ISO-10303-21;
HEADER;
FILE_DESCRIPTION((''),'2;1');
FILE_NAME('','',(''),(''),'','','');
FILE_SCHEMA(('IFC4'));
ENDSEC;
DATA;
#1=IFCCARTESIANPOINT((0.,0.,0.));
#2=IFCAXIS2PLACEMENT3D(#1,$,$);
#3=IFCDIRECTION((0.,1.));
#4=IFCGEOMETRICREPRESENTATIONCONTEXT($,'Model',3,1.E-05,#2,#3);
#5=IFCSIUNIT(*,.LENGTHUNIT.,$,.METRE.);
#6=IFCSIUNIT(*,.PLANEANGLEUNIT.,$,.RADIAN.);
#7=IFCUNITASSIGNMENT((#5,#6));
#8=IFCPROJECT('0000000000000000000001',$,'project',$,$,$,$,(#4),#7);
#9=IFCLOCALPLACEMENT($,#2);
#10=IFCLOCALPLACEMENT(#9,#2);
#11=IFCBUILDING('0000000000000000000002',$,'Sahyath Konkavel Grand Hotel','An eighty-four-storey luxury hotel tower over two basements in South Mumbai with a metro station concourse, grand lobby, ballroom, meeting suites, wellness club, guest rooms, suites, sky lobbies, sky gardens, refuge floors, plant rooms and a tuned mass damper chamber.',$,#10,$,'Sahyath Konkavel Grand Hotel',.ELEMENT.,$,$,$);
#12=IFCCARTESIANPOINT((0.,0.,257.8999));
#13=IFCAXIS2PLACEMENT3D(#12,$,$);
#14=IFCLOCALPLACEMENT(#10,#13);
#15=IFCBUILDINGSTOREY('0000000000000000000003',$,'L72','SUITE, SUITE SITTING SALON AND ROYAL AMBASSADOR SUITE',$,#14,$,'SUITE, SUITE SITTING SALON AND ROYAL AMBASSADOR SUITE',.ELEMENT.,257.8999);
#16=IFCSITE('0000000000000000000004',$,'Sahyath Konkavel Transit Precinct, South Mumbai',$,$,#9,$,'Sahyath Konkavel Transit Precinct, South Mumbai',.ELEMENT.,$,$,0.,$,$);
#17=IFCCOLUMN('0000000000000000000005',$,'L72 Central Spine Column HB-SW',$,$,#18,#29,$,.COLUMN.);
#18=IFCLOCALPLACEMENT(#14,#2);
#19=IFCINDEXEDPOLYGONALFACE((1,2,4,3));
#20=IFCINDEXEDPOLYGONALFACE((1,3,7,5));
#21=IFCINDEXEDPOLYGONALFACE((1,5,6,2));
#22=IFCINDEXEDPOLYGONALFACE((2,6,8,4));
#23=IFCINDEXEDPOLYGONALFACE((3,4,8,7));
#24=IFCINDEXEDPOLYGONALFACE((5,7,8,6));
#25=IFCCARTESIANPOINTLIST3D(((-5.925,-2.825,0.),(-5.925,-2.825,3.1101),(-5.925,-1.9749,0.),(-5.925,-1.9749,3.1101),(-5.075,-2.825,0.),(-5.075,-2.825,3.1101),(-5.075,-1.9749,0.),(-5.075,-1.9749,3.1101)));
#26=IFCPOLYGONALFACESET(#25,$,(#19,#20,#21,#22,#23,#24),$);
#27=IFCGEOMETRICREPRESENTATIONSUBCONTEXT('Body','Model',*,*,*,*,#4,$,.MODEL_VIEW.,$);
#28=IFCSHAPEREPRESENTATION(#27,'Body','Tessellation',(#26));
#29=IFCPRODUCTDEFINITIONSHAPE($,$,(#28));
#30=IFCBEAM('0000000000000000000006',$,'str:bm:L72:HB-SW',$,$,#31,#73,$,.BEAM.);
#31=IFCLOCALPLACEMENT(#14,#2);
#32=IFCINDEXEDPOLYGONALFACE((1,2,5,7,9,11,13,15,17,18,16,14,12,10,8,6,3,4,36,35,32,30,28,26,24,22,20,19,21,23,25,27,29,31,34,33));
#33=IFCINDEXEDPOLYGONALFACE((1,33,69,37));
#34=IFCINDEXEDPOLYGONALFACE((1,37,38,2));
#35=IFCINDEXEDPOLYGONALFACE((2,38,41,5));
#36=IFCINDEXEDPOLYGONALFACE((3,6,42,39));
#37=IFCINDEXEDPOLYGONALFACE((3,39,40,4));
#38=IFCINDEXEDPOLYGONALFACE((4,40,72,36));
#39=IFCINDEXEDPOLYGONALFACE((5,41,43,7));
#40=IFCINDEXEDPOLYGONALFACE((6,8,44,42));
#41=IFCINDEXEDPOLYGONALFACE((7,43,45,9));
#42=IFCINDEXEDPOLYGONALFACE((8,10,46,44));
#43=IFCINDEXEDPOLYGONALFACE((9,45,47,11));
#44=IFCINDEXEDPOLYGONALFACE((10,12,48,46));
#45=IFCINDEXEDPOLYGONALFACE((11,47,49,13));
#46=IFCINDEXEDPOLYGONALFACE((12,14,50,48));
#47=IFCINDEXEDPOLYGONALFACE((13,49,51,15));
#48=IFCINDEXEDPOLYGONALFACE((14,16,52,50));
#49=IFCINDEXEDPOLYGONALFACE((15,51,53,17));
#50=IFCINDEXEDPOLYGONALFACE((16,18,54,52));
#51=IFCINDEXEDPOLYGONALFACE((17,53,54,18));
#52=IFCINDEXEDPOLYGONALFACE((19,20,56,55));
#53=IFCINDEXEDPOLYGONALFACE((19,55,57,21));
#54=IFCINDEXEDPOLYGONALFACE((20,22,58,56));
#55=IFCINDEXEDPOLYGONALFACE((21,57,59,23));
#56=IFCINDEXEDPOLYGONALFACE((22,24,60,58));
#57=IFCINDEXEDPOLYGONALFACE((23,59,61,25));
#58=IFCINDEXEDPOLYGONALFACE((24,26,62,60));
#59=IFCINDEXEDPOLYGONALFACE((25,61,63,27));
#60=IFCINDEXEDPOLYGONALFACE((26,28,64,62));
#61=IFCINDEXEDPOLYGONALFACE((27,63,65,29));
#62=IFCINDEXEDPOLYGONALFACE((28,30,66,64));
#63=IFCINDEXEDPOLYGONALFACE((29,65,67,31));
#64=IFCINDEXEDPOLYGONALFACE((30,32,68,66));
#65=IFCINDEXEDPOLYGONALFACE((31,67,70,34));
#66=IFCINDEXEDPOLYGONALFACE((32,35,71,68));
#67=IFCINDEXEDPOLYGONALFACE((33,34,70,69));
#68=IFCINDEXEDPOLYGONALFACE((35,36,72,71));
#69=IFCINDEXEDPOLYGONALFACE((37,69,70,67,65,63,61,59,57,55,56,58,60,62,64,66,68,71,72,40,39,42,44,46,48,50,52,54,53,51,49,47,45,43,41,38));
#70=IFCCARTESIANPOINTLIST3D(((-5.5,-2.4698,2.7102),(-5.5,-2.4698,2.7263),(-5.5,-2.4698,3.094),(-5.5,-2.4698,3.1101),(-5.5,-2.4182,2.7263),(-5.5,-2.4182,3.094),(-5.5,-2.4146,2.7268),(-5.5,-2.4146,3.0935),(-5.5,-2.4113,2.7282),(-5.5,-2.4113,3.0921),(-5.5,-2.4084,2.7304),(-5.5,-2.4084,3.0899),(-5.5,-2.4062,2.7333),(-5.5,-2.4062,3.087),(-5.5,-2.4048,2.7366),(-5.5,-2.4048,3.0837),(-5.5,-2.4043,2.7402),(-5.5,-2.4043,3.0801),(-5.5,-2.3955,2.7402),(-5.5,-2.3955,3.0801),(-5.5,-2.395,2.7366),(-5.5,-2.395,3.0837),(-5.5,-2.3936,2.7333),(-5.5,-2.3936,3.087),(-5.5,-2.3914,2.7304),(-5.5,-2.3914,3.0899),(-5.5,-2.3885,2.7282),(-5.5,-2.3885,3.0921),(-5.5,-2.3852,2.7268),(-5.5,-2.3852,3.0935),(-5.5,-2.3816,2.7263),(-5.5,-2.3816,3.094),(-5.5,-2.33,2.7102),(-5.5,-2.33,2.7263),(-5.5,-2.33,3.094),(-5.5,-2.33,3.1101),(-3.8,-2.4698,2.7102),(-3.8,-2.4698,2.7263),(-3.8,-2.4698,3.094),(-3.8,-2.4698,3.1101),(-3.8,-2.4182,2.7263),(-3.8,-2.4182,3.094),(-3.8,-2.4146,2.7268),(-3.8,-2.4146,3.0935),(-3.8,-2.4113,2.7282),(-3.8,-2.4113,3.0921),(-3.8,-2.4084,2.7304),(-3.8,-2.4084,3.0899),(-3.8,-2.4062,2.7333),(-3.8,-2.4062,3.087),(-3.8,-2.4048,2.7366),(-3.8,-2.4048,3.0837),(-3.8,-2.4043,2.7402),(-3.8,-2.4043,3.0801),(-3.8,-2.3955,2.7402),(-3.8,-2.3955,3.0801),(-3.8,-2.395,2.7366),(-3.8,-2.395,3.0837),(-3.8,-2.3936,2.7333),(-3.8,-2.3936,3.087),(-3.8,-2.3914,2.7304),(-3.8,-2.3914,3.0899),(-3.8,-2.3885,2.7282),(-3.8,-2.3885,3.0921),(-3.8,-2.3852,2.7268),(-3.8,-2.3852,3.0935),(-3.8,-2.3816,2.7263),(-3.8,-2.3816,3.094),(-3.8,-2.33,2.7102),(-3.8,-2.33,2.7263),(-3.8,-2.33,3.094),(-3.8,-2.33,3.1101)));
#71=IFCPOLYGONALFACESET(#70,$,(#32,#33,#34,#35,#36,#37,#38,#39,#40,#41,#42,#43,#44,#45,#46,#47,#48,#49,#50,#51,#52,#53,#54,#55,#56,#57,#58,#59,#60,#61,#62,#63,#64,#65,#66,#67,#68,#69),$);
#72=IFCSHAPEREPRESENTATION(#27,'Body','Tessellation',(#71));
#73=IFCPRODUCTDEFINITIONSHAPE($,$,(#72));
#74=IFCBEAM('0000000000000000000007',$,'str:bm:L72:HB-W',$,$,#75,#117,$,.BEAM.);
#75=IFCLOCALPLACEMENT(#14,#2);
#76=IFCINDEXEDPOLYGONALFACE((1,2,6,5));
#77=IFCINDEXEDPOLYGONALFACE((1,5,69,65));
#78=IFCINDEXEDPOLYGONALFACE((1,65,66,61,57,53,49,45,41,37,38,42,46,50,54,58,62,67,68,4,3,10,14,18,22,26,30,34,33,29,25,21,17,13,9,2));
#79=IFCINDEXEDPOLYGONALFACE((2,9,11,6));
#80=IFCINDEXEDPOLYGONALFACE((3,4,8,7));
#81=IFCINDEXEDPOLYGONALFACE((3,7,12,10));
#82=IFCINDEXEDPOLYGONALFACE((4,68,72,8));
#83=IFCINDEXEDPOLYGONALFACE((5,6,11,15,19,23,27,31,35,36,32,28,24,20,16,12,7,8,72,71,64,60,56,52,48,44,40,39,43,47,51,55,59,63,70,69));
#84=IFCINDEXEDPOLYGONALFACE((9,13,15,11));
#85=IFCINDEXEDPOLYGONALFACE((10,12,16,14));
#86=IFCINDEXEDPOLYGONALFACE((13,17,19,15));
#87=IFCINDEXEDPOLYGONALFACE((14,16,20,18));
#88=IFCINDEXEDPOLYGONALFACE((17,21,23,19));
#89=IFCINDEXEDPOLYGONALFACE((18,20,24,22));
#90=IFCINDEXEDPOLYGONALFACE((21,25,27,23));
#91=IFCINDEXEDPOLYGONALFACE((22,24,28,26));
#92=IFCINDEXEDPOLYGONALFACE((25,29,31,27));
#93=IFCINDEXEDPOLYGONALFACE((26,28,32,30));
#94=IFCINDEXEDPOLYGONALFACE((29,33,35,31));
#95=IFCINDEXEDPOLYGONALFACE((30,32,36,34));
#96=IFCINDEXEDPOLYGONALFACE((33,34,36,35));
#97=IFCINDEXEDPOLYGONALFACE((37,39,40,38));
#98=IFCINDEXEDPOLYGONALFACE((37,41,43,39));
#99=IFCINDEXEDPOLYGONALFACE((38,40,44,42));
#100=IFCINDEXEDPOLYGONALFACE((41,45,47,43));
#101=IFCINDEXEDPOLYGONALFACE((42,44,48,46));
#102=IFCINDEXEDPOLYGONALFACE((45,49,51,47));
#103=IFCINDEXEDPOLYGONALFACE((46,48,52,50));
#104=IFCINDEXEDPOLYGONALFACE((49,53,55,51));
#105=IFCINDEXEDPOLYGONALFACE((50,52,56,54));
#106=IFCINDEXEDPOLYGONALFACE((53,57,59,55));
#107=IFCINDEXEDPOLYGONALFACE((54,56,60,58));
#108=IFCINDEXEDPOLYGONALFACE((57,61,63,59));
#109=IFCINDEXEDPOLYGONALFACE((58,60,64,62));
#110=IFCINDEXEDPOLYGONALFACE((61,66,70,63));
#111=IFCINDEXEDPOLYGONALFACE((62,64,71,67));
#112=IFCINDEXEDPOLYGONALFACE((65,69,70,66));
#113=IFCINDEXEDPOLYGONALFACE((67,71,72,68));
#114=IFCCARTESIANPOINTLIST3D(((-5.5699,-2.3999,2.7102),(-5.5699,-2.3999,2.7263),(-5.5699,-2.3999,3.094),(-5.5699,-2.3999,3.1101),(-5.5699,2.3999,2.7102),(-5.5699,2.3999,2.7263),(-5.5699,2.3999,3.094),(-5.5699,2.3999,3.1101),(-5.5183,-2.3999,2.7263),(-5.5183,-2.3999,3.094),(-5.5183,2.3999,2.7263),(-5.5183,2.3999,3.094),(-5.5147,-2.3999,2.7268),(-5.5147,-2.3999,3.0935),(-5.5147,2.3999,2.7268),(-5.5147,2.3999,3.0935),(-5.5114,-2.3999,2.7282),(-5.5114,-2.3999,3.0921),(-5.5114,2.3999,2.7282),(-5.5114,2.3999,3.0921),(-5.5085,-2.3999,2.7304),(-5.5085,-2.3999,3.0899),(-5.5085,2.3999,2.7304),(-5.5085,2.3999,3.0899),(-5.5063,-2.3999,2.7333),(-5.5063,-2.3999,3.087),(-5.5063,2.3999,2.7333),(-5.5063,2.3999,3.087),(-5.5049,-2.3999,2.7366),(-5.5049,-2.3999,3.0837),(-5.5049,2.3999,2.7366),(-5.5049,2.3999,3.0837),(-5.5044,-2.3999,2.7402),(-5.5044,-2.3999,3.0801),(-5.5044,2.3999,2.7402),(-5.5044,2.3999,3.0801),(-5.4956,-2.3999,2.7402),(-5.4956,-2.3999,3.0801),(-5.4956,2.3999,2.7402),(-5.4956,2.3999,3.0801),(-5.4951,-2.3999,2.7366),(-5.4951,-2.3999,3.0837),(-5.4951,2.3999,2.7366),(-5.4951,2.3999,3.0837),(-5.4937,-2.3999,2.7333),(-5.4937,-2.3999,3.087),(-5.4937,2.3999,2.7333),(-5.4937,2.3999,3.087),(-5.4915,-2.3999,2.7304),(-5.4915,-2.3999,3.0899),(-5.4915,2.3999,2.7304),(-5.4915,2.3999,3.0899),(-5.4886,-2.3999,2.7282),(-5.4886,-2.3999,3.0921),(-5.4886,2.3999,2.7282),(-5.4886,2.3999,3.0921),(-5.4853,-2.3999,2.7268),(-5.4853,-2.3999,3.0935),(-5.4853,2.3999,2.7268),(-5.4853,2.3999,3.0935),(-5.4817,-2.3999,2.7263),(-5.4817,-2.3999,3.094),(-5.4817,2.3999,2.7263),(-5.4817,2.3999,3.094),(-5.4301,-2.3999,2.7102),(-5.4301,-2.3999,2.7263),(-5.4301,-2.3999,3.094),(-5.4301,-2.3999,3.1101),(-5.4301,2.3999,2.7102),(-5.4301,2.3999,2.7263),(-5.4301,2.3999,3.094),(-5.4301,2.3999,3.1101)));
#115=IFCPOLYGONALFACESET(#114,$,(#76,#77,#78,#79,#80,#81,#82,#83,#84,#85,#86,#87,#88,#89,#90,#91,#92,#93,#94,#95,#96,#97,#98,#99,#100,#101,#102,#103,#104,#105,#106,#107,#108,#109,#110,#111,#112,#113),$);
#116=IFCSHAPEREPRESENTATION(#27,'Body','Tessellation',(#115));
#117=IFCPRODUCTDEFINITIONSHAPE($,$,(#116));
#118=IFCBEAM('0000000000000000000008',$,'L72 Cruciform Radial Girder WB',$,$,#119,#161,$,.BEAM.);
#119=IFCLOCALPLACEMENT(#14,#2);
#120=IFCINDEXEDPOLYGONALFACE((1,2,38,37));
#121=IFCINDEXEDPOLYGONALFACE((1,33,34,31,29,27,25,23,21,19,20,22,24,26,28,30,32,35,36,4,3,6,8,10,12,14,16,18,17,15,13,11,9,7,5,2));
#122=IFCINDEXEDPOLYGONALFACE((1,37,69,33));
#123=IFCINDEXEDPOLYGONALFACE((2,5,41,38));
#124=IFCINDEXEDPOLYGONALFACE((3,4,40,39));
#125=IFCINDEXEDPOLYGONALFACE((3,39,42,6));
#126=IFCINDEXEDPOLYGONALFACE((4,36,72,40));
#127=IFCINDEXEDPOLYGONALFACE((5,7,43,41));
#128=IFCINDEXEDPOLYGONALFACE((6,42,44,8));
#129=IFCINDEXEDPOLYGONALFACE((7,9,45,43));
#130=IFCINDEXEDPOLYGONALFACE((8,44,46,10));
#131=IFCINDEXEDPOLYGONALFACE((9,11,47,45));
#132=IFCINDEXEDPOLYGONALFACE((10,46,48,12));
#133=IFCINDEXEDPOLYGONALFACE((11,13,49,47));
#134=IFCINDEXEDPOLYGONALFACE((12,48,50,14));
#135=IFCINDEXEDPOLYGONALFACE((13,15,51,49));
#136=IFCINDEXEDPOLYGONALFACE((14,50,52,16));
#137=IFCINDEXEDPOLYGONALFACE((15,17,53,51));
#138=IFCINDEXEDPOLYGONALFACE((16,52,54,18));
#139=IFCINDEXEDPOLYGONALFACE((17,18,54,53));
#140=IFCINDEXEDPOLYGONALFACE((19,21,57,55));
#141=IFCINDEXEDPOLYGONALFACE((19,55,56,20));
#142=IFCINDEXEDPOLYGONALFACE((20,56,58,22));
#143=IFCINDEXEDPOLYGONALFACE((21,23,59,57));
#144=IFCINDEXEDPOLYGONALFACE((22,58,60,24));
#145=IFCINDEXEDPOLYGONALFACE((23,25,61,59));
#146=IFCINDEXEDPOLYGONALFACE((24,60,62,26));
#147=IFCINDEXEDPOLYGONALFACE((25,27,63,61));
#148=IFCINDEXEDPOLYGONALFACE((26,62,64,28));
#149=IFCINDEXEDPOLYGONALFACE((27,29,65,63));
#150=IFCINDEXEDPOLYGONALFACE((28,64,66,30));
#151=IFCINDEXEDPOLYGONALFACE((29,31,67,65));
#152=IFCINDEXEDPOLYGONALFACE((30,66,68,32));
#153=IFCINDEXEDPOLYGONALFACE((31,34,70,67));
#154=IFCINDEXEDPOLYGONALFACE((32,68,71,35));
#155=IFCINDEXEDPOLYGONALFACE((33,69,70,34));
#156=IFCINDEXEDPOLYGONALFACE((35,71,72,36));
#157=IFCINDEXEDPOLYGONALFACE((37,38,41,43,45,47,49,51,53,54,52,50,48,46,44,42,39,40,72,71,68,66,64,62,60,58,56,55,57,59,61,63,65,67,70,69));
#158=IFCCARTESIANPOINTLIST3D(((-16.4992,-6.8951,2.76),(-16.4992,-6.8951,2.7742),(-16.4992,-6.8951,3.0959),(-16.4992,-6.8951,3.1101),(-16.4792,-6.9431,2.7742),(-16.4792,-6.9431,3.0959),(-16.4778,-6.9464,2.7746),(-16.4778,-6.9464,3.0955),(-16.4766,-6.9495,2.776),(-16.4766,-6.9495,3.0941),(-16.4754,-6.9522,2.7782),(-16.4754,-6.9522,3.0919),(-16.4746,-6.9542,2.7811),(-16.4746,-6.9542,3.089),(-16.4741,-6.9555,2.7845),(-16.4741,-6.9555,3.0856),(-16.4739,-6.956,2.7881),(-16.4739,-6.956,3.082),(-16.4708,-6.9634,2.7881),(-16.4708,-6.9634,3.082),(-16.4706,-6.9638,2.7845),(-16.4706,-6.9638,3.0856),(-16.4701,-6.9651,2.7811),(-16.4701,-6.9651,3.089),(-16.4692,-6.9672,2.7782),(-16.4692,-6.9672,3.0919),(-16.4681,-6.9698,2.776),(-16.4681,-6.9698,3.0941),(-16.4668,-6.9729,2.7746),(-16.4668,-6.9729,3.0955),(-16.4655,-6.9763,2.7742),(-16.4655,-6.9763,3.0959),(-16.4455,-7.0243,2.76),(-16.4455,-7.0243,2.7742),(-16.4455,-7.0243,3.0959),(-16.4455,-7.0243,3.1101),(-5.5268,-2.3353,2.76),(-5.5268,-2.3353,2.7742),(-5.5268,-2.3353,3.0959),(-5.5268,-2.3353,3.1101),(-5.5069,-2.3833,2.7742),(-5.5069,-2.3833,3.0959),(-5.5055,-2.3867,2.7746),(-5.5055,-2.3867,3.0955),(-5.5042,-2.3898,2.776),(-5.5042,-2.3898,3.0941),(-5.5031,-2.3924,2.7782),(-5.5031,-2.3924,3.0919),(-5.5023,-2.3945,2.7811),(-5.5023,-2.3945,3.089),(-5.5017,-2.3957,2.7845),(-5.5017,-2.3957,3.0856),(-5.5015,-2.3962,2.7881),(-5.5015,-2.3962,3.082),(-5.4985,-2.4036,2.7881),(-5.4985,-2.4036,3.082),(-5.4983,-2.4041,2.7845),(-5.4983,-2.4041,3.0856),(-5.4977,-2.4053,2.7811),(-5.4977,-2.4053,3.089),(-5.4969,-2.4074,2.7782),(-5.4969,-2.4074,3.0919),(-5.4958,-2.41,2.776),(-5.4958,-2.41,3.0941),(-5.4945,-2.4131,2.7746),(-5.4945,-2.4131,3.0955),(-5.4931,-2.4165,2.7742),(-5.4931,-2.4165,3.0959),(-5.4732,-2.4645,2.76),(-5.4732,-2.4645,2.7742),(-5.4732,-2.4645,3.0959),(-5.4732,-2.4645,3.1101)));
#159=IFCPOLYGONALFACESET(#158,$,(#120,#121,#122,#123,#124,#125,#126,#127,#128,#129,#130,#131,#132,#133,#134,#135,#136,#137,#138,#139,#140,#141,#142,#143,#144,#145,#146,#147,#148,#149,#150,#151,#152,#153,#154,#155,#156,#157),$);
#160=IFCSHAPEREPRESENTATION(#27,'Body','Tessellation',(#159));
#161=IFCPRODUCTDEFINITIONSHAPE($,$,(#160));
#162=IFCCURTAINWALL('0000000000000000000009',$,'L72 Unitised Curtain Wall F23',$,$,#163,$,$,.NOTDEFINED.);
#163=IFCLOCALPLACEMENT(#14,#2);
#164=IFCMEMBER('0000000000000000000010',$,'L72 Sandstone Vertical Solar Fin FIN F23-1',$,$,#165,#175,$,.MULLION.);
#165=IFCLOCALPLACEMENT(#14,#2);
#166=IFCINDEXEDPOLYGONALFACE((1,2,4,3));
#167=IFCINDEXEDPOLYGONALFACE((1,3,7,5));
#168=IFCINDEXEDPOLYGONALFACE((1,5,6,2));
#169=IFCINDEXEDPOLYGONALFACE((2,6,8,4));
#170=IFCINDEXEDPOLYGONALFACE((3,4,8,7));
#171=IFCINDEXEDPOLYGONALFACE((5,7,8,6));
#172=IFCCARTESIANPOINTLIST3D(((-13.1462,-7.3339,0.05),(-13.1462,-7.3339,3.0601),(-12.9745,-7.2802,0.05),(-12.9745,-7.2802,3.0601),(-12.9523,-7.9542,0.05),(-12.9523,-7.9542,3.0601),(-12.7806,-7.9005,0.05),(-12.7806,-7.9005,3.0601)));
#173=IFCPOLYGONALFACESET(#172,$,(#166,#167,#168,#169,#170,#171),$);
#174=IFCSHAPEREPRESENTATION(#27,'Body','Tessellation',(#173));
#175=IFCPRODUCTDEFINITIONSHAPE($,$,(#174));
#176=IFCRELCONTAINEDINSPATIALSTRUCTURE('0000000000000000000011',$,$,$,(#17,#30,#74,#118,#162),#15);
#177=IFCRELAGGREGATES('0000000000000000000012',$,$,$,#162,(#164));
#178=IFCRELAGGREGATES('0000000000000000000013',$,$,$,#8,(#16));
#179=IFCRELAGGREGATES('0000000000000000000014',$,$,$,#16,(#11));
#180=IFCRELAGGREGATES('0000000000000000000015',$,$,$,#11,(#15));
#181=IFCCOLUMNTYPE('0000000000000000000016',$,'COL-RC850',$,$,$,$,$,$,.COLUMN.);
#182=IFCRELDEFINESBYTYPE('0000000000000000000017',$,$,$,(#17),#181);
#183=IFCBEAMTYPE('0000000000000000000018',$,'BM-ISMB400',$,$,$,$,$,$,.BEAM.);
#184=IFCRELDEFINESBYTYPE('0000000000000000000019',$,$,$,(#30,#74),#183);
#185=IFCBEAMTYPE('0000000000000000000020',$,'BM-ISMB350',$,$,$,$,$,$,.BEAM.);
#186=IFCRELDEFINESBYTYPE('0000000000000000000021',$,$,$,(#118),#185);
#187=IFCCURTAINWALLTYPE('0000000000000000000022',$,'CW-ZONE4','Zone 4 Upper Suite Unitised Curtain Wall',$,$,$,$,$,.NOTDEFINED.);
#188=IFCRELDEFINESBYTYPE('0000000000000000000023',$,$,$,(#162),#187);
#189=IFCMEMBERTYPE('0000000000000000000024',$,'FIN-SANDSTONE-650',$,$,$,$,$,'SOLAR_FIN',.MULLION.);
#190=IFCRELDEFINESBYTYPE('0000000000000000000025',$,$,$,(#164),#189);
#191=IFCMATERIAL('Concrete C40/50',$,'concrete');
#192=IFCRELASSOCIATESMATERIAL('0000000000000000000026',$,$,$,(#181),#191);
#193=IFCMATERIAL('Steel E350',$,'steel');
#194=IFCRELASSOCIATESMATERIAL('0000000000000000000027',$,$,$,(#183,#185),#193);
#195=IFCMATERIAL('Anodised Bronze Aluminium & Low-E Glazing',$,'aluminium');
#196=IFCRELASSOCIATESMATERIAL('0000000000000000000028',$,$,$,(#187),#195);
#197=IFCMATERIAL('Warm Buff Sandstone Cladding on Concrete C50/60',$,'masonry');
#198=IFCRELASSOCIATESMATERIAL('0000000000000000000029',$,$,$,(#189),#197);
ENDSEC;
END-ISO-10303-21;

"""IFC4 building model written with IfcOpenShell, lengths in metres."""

from ifc_helpers import new_model, si_unit, direction, frame, origin, origin_2d, place, context, subcontext, project, spatial, rectangle, i_section, extrude, source, transform, mapped, material, material_profile, profile_set, type_object, element, aggregate, save


model = new_model("IFC4")

# Units and contexts
model_context = context("Model", 3, precision=1e-05, world=origin(), true_north=direction((0.0, 1.0)))
body_context = subcontext(model_context, "Body", "Model", "MODEL_VIEW")
ifc_project = project(units=[si_unit("LENGTHUNIT", "METRE"), si_unit("PLANEANGLEUNIT", "RADIAN")], contexts=[model_context])

# Site, building, storey
site_placement = place(None, origin())
site = spatial("IfcSite", under=ifc_project, at=site_placement, Name="Sahyath Konkavel Transit Precinct, South Mumbai", LongName="Sahyath Konkavel Transit Precinct, South Mumbai", CompositionType="ELEMENT", RefElevation=0.0)
building_placement = place(site_placement, origin())
building = spatial("IfcBuilding", under=site, at=building_placement, Name="Sahyath Konkavel Grand Hotel", Description="An eighty-four-storey luxury hotel tower over two basements in South Mumbai with a metro station concourse, grand lobby, ballroom, meeting suites, wellness club, guest rooms, suites, sky lobbies, sky gardens, refuge floors, plant rooms and a tuned mass damper chamber.", LongName="Sahyath Konkavel Grand Hotel", CompositionType="ELEMENT")
storey_placement = place(building_placement, frame((0.0, 0.0, 257.8999)))
storey = spatial("IfcBuildingStorey", under=building, at=storey_placement, Name="L72", Description="SUITE, SUITE SITTING SALON AND ROYAL AMBASSADOR SUITE", LongName="SUITE, SUITE SITTING SALON AND ROYAL AMBASSADOR SUITE", CompositionType="ELEMENT", Elevation=257.8999)

# Column
ifc_material_1 = material(Name="Concrete C40/50", Category="concrete")
ifc_material_profile_1 = material_profile(ifc_material_1, rectangle(XDim=0.8501, YDim=0.8501, at=origin_2d()), Name="RC 850x850")
ifc_profile_set_1 = profile_set([ifc_material_profile_1], Name="Concrete C40/50")
column_type = type_object("IfcColumnType", Name="COL-RC850", PredefinedType="COLUMN", material=ifc_profile_set_1)
shared_shape_1 = source(origin(), body_context, "Body", "SweptSolid", [
    extrude(rectangle(XDim=0.8501, YDim=0.8501, at=origin_2d()), origin(), (0.0, 0.0, 1.0), 3.1101),
])
column_placement = place(storey_placement, frame((-5.5, -2.3999, 0.0), z_axis=(0.0, 0.0, 1.0), x_axis=(1.0, 0.0, 0.0)))
element("IfcColumn", 1, at=column_placement, inside=storey, type_object=column_type, Name="L72 Central Spine Column HB-SW", PredefinedType="COLUMN", context=body_context, shape_type="MappedRepresentation", body=[
    mapped(shared_shape_1, transform((0.0, 0.0, 0.0), scale=1.0)),
])

# Beams
ifc_material_2 = material(Name="Steel E350", Category="steel")
ifc_material_profile_2 = material_profile(ifc_material_2, i_section(OverallWidth=0.1399, OverallDepth=0.3999, WebThickness=0.0088, FlangeThickness=0.0161, FilletRadius=0.0139, at=origin_2d()), Name="ISMB 400")
ifc_profile_set_2 = profile_set([ifc_material_profile_2], Name="Steel E350")
beam_type_1 = type_object("IfcBeamType", Name="BM-ISMB400", PredefinedType="BEAM", material=ifc_profile_set_2)
shared_shape_2 = source(origin(), body_context, "Body", "SweptSolid", [
    extrude(i_section(OverallWidth=0.1399, OverallDepth=0.3999, WebThickness=0.0088, FlangeThickness=0.0161, FilletRadius=0.0139, at=origin_2d()), origin(), (0.0, 0.0, 1.0), 1.7),
])
beam_1_placement = place(storey_placement, frame((-5.5, -2.3999, 2.9102), z_axis=(1.0, 0.0, 0.0), x_axis=(0.0, 1.0, 0.0)))
element("IfcBeam", 2, at=beam_1_placement, inside=storey, type_object=beam_type_1, Name="str:bm:L72:HB-SW", PredefinedType="BEAM", context=body_context, shape_type="MappedRepresentation", body=[
    mapped(shared_shape_2, transform((0.0, 0.0, 0.0), scale=1.0)),
])
shared_shape_3 = source(origin(), body_context, "Body", "SweptSolid", [
    extrude(i_section(OverallWidth=0.1399, OverallDepth=0.3999, WebThickness=0.0088, FlangeThickness=0.0161, FilletRadius=0.0139, at=origin_2d()), origin(), (0.0, 0.0, 1.0), 4.7998),
])
beam_2_placement = place(storey_placement, frame((-5.5, -2.3999, 2.9102), z_axis=(0.0, 1.0, 0.0), x_axis=(-1.0, 0.0, 0.0)))
element("IfcBeam", 3, at=beam_2_placement, inside=storey, type_object=beam_type_1, Name="str:bm:L72:HB-W", PredefinedType="BEAM", context=body_context, shape_type="MappedRepresentation", body=[
    mapped(shared_shape_3, transform((0.0, 0.0, 0.0), scale=1.0)),
])
ifc_material_profile_3 = material_profile(ifc_material_2, i_section(OverallWidth=0.1399, OverallDepth=0.3501, WebThickness=0.0081, FlangeThickness=0.0142, FilletRadius=0.0139, at=origin_2d()), Name="ISMB 350")
ifc_profile_set_3 = profile_set([ifc_material_profile_3], Name="Steel E350")
beam_type_2 = type_object("IfcBeamType", Name="BM-ISMB350", PredefinedType="BEAM", material=ifc_profile_set_3)
shared_shape_4 = source(origin(), body_context, "Body", "SweptSolid", [
    extrude(i_section(OverallWidth=0.1399, OverallDepth=0.3501, WebThickness=0.0081, FlangeThickness=0.0142, FilletRadius=0.0139, at=origin_2d()), origin(), (0.0, 0.0, 1.0), 11.8821),
])
beam_3_placement = place(storey_placement, frame((-5.5, -2.3999, 2.9351), z_axis=(-0.923436, -0.383753, 0.0), x_axis=(0.383753, -0.923436, 0.0)))
element("IfcBeam", 4, at=beam_3_placement, inside=storey, type_object=beam_type_2, Name="L72 Cruciform Radial Girder WB", PredefinedType="BEAM", context=body_context, shape_type="MappedRepresentation", body=[
    mapped(shared_shape_4, transform((0.0, 0.0, 0.0), scale=1.0)),
])

# Curtain wall, member
ifc_material_3 = material(Name="Anodised Bronze Aluminium & Low-E Glazing", Category="aluminium")
curtain_wall_type = type_object("IfcCurtainWallType", Name="CW-ZONE4", Description="Zone 4 Upper Suite Unitised Curtain Wall", PredefinedType="NOTDEFINED", material=ifc_material_3)
curtain_wall_placement = place(storey_placement, origin())
curtain_wall = element("IfcCurtainWall", 5, at=curtain_wall_placement, inside=storey, type_object=curtain_wall_type, Name="L72 Unitised Curtain Wall F23", PredefinedType="NOTDEFINED")
ifc_material_4 = material(Name="Warm Buff Sandstone Cladding on Concrete C50/60", Category="masonry")
ifc_material_profile_4 = material_profile(ifc_material_4, rectangle(XDim=0.1799, YDim=0.6499, at=origin_2d()), Name="FIN 180x650")
ifc_profile_set_4 = profile_set([ifc_material_profile_4], Name="Warm Buff Sandstone Cladding on Concrete C50/60")
member_type_1 = type_object("IfcMemberType", Name="FIN-SANDSTONE-650", ElementType="SOLAR_FIN", PredefinedType="MULLION", material=ifc_profile_set_4)
shared_shape_5 = source(origin(), body_context, "Body", "SweptSolid", [
    extrude(rectangle(XDim=0.1799, YDim=0.6499, at=origin_2d()), origin(), (0.0, 0.0, 1.0), 3.01),
])
member_1_placement = place(storey_placement, frame((-12.9634, -7.6172, 0.05), z_axis=(0.0, 0.0, 1.0), x_axis=(0.954449, 0.298375, 0.0)))
member_1 = element("IfcMember", 6, at=member_1_placement, type_object=member_type_1, Name="L72 Sandstone Vertical Solar Fin FIN F23-1", PredefinedType="MULLION", context=body_context, shape_type="MappedRepresentation", body=[
    mapped(shared_shape_5, transform((0.0, 0.0, 0.0), scale=1.0)),
])

aggregate(curtain_wall, [member_1])

save(model, "model.ifc")
